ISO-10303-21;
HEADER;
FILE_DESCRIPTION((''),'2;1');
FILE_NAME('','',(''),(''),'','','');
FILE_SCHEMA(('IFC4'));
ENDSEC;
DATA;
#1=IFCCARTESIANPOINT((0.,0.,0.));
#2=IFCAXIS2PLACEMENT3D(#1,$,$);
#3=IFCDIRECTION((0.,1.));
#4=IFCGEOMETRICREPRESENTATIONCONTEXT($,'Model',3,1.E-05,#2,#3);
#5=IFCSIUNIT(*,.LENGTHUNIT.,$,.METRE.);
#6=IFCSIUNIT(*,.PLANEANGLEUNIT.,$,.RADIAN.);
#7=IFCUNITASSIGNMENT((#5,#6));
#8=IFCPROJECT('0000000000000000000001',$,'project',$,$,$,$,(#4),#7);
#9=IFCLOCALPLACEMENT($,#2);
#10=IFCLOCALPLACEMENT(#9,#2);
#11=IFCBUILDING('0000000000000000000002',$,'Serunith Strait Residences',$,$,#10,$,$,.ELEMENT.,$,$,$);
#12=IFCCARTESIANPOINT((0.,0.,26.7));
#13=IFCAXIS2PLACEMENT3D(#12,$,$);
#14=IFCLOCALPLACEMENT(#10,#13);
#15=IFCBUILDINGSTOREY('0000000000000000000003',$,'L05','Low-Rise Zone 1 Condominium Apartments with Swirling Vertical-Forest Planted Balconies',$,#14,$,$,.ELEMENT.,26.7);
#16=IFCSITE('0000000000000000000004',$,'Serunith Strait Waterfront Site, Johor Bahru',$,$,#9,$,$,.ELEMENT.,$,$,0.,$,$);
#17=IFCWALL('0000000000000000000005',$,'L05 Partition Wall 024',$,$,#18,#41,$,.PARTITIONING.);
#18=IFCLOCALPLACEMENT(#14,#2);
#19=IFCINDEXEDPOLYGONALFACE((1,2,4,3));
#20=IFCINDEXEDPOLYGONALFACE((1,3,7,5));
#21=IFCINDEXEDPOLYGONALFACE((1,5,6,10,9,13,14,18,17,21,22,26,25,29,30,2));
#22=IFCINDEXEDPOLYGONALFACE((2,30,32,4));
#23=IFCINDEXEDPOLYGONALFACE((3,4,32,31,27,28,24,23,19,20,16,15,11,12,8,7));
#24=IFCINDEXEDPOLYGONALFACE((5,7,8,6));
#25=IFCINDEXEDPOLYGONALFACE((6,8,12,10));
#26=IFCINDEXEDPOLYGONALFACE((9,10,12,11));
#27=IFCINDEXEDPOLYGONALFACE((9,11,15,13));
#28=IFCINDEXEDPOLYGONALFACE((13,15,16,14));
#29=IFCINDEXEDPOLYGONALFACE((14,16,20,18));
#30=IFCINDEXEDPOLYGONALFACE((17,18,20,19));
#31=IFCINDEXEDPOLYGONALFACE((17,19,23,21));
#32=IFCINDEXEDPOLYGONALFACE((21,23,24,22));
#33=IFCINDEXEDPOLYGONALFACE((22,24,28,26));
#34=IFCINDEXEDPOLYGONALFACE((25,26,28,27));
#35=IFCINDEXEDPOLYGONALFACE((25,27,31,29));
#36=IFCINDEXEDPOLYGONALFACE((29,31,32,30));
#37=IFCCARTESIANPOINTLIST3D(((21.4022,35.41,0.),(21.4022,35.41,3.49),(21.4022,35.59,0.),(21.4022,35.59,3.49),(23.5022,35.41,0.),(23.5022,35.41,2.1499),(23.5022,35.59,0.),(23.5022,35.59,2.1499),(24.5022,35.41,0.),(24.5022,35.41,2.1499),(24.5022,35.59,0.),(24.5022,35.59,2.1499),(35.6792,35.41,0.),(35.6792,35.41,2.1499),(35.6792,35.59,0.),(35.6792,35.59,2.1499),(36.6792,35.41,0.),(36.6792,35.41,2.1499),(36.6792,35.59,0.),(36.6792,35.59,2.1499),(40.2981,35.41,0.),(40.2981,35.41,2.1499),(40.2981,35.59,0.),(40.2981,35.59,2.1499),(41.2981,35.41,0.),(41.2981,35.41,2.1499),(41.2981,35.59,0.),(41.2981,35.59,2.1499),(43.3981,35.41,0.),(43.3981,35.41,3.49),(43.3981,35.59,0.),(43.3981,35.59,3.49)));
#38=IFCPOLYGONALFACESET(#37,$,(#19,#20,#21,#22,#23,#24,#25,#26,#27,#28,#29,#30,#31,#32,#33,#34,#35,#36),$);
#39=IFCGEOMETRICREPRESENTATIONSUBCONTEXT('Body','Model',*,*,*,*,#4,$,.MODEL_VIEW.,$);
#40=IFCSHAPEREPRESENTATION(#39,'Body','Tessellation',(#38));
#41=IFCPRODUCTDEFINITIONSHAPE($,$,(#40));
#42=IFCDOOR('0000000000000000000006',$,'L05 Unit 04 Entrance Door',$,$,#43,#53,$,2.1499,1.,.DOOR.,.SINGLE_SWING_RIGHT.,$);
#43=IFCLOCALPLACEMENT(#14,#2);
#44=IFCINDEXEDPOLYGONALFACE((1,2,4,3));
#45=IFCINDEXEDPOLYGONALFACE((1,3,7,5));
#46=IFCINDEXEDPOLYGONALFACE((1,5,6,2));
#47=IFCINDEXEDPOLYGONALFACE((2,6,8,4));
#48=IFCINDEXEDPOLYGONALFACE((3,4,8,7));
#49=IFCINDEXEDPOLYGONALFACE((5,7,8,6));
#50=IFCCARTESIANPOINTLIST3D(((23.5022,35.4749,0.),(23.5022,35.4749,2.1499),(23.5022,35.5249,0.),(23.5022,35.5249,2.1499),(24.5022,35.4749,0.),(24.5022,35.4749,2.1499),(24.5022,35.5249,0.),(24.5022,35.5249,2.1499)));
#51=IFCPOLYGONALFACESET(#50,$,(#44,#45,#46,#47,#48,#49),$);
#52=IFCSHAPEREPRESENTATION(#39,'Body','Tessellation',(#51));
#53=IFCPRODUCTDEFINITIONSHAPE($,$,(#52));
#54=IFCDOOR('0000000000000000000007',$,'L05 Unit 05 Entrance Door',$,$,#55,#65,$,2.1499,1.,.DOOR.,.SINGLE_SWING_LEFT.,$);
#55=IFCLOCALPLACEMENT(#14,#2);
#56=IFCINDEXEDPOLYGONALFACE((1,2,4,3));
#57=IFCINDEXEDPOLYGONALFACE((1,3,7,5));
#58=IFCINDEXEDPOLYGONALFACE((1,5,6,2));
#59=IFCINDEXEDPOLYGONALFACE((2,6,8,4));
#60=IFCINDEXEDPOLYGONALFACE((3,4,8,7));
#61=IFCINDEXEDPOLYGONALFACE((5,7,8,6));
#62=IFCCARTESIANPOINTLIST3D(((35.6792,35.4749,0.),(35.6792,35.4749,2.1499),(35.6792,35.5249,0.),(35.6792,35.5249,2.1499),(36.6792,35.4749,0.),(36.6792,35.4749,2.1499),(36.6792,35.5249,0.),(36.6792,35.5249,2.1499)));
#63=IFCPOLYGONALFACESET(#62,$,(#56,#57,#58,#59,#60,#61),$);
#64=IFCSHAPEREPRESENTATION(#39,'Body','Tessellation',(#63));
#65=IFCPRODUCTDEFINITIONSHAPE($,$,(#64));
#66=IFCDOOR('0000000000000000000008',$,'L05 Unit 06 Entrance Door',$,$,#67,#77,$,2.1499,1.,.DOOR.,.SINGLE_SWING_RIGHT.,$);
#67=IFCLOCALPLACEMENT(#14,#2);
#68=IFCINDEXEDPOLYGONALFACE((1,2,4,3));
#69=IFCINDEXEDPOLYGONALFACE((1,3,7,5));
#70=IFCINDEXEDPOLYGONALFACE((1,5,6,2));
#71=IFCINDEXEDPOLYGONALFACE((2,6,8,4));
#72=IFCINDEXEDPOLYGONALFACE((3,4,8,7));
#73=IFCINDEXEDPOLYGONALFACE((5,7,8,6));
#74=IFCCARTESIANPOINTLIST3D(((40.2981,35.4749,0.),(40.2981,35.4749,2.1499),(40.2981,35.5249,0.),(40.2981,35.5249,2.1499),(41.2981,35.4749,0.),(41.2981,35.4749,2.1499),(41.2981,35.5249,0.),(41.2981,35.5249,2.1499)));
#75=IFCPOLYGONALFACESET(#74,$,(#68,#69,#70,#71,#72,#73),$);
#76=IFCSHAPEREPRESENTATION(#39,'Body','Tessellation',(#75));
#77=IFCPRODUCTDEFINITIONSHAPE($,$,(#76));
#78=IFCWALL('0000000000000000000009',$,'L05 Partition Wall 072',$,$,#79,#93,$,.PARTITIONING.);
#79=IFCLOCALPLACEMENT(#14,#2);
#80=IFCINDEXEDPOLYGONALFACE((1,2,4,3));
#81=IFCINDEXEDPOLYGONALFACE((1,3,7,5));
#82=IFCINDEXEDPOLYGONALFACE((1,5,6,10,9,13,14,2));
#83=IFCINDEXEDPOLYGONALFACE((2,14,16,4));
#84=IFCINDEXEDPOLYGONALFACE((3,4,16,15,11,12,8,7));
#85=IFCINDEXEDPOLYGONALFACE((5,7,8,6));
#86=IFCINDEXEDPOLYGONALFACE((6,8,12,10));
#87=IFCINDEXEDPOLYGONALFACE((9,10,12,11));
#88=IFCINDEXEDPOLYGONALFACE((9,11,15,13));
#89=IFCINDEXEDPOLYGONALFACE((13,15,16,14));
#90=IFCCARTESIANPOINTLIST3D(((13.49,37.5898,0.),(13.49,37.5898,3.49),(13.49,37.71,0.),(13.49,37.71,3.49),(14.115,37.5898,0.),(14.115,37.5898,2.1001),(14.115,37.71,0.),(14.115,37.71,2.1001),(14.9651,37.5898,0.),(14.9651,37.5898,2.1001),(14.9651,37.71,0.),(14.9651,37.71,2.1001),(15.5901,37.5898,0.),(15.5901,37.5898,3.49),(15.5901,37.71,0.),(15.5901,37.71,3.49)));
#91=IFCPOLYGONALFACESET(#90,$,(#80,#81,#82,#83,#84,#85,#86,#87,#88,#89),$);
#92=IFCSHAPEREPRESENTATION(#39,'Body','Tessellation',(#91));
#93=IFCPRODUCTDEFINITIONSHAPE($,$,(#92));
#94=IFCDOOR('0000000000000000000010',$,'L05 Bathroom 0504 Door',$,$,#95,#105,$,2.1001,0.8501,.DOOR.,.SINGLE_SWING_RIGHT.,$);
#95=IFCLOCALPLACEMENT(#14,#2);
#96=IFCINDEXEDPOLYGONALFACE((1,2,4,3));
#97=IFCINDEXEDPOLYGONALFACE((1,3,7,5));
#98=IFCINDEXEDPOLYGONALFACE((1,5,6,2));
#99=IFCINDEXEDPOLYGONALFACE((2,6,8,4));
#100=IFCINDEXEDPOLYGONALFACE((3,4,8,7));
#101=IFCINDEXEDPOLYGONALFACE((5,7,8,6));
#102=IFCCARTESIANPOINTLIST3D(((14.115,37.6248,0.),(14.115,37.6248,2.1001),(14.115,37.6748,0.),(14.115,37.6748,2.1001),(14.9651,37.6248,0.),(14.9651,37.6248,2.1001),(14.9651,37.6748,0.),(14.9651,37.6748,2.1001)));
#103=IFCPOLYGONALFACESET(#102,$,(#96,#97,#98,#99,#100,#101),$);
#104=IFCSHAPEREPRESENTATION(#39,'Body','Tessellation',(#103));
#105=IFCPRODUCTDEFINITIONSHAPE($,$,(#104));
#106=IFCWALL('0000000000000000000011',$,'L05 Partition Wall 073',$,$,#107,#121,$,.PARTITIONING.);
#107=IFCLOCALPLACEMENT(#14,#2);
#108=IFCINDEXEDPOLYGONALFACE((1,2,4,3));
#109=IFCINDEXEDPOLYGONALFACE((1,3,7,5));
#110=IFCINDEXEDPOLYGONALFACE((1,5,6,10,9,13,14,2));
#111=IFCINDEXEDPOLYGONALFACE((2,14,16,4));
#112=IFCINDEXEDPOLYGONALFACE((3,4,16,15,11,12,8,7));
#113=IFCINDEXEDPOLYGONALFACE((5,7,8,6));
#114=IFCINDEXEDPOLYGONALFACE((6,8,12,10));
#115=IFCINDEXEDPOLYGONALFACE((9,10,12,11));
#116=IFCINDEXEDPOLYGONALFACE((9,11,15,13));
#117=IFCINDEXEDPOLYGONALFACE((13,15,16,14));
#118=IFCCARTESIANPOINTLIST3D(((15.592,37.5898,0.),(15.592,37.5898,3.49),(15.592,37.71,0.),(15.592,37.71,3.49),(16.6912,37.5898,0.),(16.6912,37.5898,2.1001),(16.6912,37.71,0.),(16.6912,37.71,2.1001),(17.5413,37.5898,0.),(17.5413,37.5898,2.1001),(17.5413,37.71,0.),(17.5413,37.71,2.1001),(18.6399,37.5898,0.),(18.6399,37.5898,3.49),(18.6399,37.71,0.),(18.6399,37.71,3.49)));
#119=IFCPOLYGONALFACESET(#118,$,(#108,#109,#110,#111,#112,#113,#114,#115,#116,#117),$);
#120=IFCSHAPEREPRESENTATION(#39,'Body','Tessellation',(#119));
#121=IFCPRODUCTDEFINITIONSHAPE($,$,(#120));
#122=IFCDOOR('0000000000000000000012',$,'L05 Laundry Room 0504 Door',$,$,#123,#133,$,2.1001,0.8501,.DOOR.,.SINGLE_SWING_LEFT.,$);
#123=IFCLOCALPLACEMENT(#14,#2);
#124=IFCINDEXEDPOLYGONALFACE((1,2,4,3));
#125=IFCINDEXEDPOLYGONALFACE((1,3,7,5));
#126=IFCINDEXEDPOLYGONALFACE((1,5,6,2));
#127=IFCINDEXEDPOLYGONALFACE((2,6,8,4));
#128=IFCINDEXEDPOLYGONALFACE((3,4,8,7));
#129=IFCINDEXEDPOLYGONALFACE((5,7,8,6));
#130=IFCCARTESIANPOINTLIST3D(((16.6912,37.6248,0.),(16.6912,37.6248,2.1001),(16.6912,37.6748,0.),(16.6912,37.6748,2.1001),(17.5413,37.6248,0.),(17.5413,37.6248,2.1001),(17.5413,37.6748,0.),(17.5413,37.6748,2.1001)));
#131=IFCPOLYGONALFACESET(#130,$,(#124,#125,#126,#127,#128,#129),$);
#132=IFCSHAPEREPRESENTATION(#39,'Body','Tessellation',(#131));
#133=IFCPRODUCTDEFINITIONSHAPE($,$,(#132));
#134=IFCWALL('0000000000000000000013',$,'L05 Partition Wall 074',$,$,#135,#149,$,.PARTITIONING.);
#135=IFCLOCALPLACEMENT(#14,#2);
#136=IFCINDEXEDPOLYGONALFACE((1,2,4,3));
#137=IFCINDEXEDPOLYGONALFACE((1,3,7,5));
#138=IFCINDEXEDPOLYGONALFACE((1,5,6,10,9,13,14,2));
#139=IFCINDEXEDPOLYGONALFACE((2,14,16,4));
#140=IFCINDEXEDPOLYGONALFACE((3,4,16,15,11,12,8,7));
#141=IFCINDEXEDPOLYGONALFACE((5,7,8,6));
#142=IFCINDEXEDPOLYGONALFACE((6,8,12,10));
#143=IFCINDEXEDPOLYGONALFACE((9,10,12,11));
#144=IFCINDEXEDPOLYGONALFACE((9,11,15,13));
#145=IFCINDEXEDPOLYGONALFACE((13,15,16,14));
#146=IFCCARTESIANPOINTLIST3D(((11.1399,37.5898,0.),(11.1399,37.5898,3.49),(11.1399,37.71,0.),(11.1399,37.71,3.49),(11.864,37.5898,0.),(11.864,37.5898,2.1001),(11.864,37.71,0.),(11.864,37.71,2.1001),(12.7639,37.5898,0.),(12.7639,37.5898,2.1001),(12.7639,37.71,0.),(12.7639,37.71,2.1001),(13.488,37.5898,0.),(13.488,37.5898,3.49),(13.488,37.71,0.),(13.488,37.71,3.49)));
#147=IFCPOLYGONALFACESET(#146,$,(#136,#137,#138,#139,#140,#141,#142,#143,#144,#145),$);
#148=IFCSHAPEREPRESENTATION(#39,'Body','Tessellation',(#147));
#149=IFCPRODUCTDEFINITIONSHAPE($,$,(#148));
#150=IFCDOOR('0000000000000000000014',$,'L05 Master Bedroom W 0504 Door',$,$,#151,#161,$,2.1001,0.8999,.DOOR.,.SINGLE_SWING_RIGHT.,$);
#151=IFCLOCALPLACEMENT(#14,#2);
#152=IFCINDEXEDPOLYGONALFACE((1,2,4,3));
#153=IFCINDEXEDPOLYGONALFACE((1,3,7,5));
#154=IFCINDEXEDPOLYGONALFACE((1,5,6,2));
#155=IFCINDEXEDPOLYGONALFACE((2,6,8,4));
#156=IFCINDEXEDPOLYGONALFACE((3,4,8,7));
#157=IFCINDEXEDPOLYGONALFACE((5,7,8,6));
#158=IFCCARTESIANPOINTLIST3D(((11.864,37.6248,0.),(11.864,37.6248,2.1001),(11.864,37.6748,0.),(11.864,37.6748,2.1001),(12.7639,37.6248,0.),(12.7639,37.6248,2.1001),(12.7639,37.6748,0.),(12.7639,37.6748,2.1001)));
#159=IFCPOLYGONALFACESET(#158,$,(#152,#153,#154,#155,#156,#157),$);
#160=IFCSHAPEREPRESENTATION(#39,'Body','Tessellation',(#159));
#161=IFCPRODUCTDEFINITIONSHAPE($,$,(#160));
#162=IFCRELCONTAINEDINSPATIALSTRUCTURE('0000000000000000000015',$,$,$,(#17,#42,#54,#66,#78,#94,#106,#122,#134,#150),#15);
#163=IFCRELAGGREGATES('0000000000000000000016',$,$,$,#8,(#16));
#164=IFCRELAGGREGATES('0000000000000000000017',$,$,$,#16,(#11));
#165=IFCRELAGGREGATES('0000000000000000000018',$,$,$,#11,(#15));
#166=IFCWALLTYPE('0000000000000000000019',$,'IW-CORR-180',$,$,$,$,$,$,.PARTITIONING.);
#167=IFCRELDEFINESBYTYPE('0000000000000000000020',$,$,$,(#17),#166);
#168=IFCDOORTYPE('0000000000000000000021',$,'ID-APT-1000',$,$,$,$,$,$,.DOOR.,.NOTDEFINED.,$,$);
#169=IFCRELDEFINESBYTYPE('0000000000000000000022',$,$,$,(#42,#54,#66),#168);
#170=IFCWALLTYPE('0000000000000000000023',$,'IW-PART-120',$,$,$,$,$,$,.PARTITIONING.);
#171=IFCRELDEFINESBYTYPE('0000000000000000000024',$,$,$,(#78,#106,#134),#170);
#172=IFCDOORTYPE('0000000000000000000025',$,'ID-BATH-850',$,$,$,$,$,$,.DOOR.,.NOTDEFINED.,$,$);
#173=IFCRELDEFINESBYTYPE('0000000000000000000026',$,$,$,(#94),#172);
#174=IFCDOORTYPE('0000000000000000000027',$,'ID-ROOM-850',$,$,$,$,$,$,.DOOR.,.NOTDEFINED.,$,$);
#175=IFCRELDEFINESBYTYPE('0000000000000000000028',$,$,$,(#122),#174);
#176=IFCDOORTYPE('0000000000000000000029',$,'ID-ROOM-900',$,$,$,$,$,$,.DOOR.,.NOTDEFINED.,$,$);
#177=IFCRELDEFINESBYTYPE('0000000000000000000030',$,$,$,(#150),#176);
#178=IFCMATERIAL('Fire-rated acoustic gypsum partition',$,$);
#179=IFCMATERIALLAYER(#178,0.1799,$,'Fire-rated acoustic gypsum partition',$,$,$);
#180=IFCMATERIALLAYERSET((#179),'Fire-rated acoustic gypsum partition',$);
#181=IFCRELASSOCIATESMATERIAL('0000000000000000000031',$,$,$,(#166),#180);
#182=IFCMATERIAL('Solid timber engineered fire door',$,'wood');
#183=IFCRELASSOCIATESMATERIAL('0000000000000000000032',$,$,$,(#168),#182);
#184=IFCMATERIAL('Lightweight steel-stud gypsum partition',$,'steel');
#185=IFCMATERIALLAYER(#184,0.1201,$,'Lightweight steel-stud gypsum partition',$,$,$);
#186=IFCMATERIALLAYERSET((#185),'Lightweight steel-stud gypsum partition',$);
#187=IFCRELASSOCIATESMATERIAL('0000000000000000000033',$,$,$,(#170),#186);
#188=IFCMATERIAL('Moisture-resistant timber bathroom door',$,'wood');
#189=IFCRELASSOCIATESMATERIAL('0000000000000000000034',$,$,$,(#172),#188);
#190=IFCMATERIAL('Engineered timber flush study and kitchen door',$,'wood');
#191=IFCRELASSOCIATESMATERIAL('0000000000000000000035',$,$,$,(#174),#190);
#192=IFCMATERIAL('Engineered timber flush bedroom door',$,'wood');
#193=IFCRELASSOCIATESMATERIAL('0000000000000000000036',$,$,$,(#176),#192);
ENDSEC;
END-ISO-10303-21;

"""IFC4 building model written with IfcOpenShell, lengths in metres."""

from ifc_helpers import new_model, si_unit, direction, frame, frame_2d, origin, place, context, subcontext, project, spatial, rectangle, extrude, source, transform, mapped, material, layer, layer_set, type_object, element, fill, save


model = new_model("IFC4")

# Units and contexts
model_context = context("Model", 3, precision=1e-05, world=origin(), true_north=direction((0.0, 1.0)))
body_context = subcontext(model_context, "Body", "Model", "MODEL_VIEW")
ifc_project = project(units=[si_unit("LENGTHUNIT", "METRE"), si_unit("PLANEANGLEUNIT", "RADIAN")], contexts=[model_context])

# Site, building, storey
site_placement = place(None, origin())
site = spatial("IfcSite", under=ifc_project, at=site_placement, Name="Serunith Strait Waterfront Site, Johor Bahru", CompositionType="ELEMENT", RefElevation=0.0)
building_placement = place(site_placement, origin())
building = spatial("IfcBuilding", under=site, at=building_placement, Name="Serunith Strait Residences", CompositionType="ELEMENT")
storey_placement = place(building_placement, frame((0.0, 0.0, 26.7)))
storey = spatial("IfcBuildingStorey", under=building, at=storey_placement, Name="L05", Description="Low-Rise Zone 1 Condominium Apartments with Swirling Vertical-Forest Planted Balconies", CompositionType="ELEMENT", Elevation=26.7)

# Wall, openings, doors
ifc_material_1 = material(Name="Fire-rated acoustic gypsum partition")
ifc_layer_1 = layer(ifc_material_1, 0.1799, Name="Fire-rated acoustic gypsum partition")
ifc_layer_set_1 = layer_set([ifc_layer_1], Name="Fire-rated acoustic gypsum partition")
wall_type_1 = type_object("IfcWallType", Name="IW-CORR-180", PredefinedType="PARTITIONING", material=ifc_layer_set_1)
wall_1_placement = place(storey_placement, frame((21.4021, 35.5, 0.0), z_axis=(0.0, 0.0, 1.0), x_axis=(1.0, 0.0, 0.0)))
wall_1 = element("IfcWall", 1, at=wall_1_placement, inside=storey, type_object=wall_type_1, Name="L05 Partition Wall 024", PredefinedType="PARTITIONING", context=body_context, shape_type="SweptSolid", body=[
    extrude(rectangle(XDim=21.9958, YDim=0.1799, at=frame_2d((10.998, 0.0))), origin(), (0.0, 0.0, 1.0), 3.49),
])
opening_1_placement = place(wall_1_placement, frame((2.1001, 0.0, 0.0)))
opening_1 = element("IfcOpeningElement", 2, at=opening_1_placement, cuts=wall_1, PredefinedType="OPENING", context=body_context, shape_type="SweptSolid", body=[
    extrude(rectangle(XDim=1.0, YDim=2.1499, at=frame_2d((0.5, 1.075))), frame((0.0, 0.1001, 0.0), z_axis=(0.0, -1.0, 0.0), x_axis=(1.0, 0.0, 0.0)), (0.0, 0.0, 1.0), 0.2),
])
opening_2_placement = place(wall_1_placement, frame((14.2771, 0.0, 0.0)))
opening_2 = element("IfcOpeningElement", 3, at=opening_2_placement, cuts=wall_1, PredefinedType="OPENING", context=body_context, shape_type="SweptSolid", body=[
    extrude(rectangle(XDim=1.0, YDim=2.1499, at=frame_2d((0.5, 1.075))), frame((0.0, 0.1001, 0.0), z_axis=(0.0, -1.0, 0.0), x_axis=(1.0, 0.0, 0.0)), (0.0, 0.0, 1.0), 0.2),
])
opening_3_placement = place(wall_1_placement, frame((18.896, 0.0, 0.0)))
opening_3 = element("IfcOpeningElement", 4, at=opening_3_placement, cuts=wall_1, PredefinedType="OPENING", context=body_context, shape_type="SweptSolid", body=[
    extrude(rectangle(XDim=1.0, YDim=2.1499, at=frame_2d((0.5, 1.075))), frame((0.0, 0.1001, 0.0), z_axis=(0.0, -1.0, 0.0), x_axis=(1.0, 0.0, 0.0)), (0.0, 0.0, 1.0), 0.2),
])
ifc_material_2 = material(Name="Solid timber engineered fire door", Category="wood")
door_type_1 = type_object("IfcDoorType", Name="ID-APT-1000", OperationType="NOTDEFINED", PredefinedType="DOOR", material=ifc_material_2)
shared_shape_1 = source(origin(), body_context, "Body", "SweptSolid", [
    extrude(rectangle(XDim=1.0, YDim=2.1499, at=frame_2d((0.5, 1.075))), frame((0.0, 0.0249, 0.0), z_axis=(0.0, -1.0, 0.0), x_axis=(1.0, 0.0, 0.0)), (0.0, 0.0, 1.0), 0.05),
])
door_1_placement = place(opening_1_placement, origin())
door_1 = element("IfcDoor", 5, at=door_1_placement, inside=storey, type_object=door_type_1, Name="L05 Unit 04 Entrance Door", OperationType="SINGLE_SWING_RIGHT", OverallHeight=2.1499, OverallWidth=1.0, PredefinedType="DOOR", context=body_context, shape_type="MappedRepresentation", body=[
    mapped(shared_shape_1, transform((0.0, 0.0, 0.0), scale=1.0)),
])
fill(opening_1, door_1)
door_2_placement = place(opening_2_placement, origin())
door_2 = element("IfcDoor", 6, at=door_2_placement, inside=storey, type_object=door_type_1, Name="L05 Unit 05 Entrance Door", OperationType="SINGLE_SWING_LEFT", OverallHeight=2.1499, OverallWidth=1.0, PredefinedType="DOOR", context=body_context, shape_type="MappedRepresentation", body=[
    mapped(shared_shape_1, transform((0.0, 0.0, 0.0), scale=1.0)),
])
fill(opening_2, door_2)
door_3_placement = place(opening_3_placement, origin())
door_3 = element("IfcDoor", 7, at=door_3_placement, inside=storey, type_object=door_type_1, Name="L05 Unit 06 Entrance Door", OperationType="SINGLE_SWING_RIGHT", OverallHeight=2.1499, OverallWidth=1.0, PredefinedType="DOOR", context=body_context, shape_type="MappedRepresentation", body=[
    mapped(shared_shape_1, transform((0.0, 0.0, 0.0), scale=1.0)),
])
fill(opening_3, door_3)

# Walls, openings, doors
ifc_material_3 = material(Name="Lightweight steel-stud gypsum partition", Category="steel")
ifc_layer_2 = layer(ifc_material_3, 0.1201, Name="Lightweight steel-stud gypsum partition")
ifc_layer_set_2 = layer_set([ifc_layer_2], Name="Lightweight steel-stud gypsum partition")
wall_type_2 = type_object("IfcWallType", Name="IW-PART-120", PredefinedType="PARTITIONING", material=ifc_layer_set_2)
wall_2_placement = place(storey_placement, frame((13.49, 37.6499, 0.0), z_axis=(0.0, 0.0, 1.0), x_axis=(1.0, 0.0, 0.0)))
wall_2 = element("IfcWall", 8, at=wall_2_placement, inside=storey, type_object=wall_type_2, Name="L05 Partition Wall 072", PredefinedType="PARTITIONING", context=body_context, shape_type="SweptSolid", body=[
    extrude(rectangle(XDim=2.1001, YDim=0.1201, at=frame_2d((1.05, 0.0))), origin(), (0.0, 0.0, 1.0), 3.49),
])
opening_4_placement = place(wall_2_placement, frame((0.625, 0.0, 0.0)))
opening_4 = element("IfcOpeningElement", 9, at=opening_4_placement, cuts=wall_2, PredefinedType="OPENING", context=body_context, shape_type="SweptSolid", body=[
    extrude(rectangle(XDim=0.8501, YDim=2.1001, at=frame_2d((0.425, 1.05))), frame((0.0, 0.0701, 0.0), z_axis=(0.0, -1.0, 0.0), x_axis=(1.0, 0.0, 0.0)), (0.0, 0.0, 1.0), 0.1401),
])
ifc_material_4 = material(Name="Moisture-resistant timber bathroom door", Category="wood")
door_type_2 = type_object("IfcDoorType", Name="ID-BATH-850", OperationType="NOTDEFINED", PredefinedType="DOOR", material=ifc_material_4)
shared_shape_2 = source(origin(), body_context, "Body", "SweptSolid", [
    extrude(rectangle(XDim=0.8501, YDim=2.1001, at=frame_2d((0.425, 1.05))), frame((0.0, 0.0249, 0.0), z_axis=(0.0, -1.0, 0.0), x_axis=(1.0, 0.0, 0.0)), (0.0, 0.0, 1.0), 0.05),
])
door_4_placement = place(opening_4_placement, origin())
door_4 = element("IfcDoor", 10, at=door_4_placement, inside=storey, type_object=door_type_2, Name="L05 Bathroom 0504 Door", OperationType="SINGLE_SWING_RIGHT", OverallHeight=2.1001, OverallWidth=0.8501, PredefinedType="DOOR", context=body_context, shape_type="MappedRepresentation", body=[
    mapped(shared_shape_2, transform((0.0, 0.0, 0.0), scale=1.0)),
])
fill(opening_4, door_4)
wall_3_placement = place(storey_placement, frame((15.592, 37.6499, 0.0), z_axis=(0.0, 0.0, 1.0), x_axis=(1.0, 0.0, 0.0)))
wall_3 = element("IfcWall", 11, at=wall_3_placement, inside=storey, type_object=wall_type_2, Name="L05 Partition Wall 073", PredefinedType="PARTITIONING", context=body_context, shape_type="SweptSolid", body=[
    extrude(rectangle(XDim=3.0479, YDim=0.1201, at=frame_2d((1.5239, 0.0))), origin(), (0.0, 0.0, 1.0), 3.49),
])
opening_5_placement = place(wall_3_placement, frame((1.0991, 0.0, 0.0)))
opening_5 = element("IfcOpeningElement", 12, at=opening_5_placement, cuts=wall_3, PredefinedType="OPENING", context=body_context, shape_type="SweptSolid", body=[
    extrude(rectangle(XDim=0.8501, YDim=2.1001, at=frame_2d((0.425, 1.05))), frame((0.0, 0.0701, 0.0), z_axis=(0.0, -1.0, 0.0), x_axis=(1.0, 0.0, 0.0)), (0.0, 0.0, 1.0), 0.1401),
])
ifc_material_5 = material(Name="Engineered timber flush study and kitchen door", Category="wood")
door_type_3 = type_object("IfcDoorType", Name="ID-ROOM-850", OperationType="NOTDEFINED", PredefinedType="DOOR", material=ifc_material_5)
door_5_placement = place(opening_5_placement, origin())
door_5 = element("IfcDoor", 13, at=door_5_placement, inside=storey, type_object=door_type_3, Name="L05 Laundry Room 0504 Door", OperationType="SINGLE_SWING_LEFT", OverallHeight=2.1001, OverallWidth=0.8501, PredefinedType="DOOR", context=body_context, shape_type="MappedRepresentation", body=[
    mapped(shared_shape_2, transform((0.0, 0.0, 0.0), scale=1.0)),
])
fill(opening_5, door_5)
wall_4_placement = place(storey_placement, frame((11.1399, 37.6499, 0.0), z_axis=(0.0, 0.0, 1.0), x_axis=(1.0, 0.0, 0.0)))
wall_4 = element("IfcWall", 14, at=wall_4_placement, inside=storey, type_object=wall_type_2, Name="L05 Partition Wall 074", PredefinedType="PARTITIONING", context=body_context, shape_type="SweptSolid", body=[
    extrude(rectangle(XDim=2.3481, YDim=0.1201, at=frame_2d((1.1741, 0.0))), origin(), (0.0, 0.0, 1.0), 3.49),
])
opening_6_placement = place(wall_4_placement, frame((0.7241, 0.0, 0.0)))
opening_6 = element("IfcOpeningElement", 15, at=opening_6_placement, cuts=wall_4, PredefinedType="OPENING", context=body_context, shape_type="SweptSolid", body=[
    extrude(rectangle(XDim=0.8999, YDim=2.1001, at=frame_2d((0.45, 1.05))), frame((0.0, 0.0701, 0.0), z_axis=(0.0, -1.0, 0.0), x_axis=(1.0, 0.0, 0.0)), (0.0, 0.0, 1.0), 0.1401),
])
ifc_material_6 = material(Name="Engineered timber flush bedroom door", Category="wood")
door_type_4 = type_object("IfcDoorType", Name="ID-ROOM-900", OperationType="NOTDEFINED", PredefinedType="DOOR", material=ifc_material_6)
shared_shape_3 = source(origin(), body_context, "Body", "SweptSolid", [
    extrude(rectangle(XDim=0.8999, YDim=2.1001, at=frame_2d((0.45, 1.05))), frame((0.0, 0.0249, 0.0), z_axis=(0.0, -1.0, 0.0), x_axis=(1.0, 0.0, 0.0)), (0.0, 0.0, 1.0), 0.05),
])
door_6_placement = place(opening_6_placement, origin())
door_6 = element("IfcDoor", 16, at=door_6_placement, inside=storey, type_object=door_type_4, Name="L05 Master Bedroom W 0504 Door", OperationType="SINGLE_SWING_RIGHT", OverallHeight=2.1001, OverallWidth=0.8999, PredefinedType="DOOR", context=body_context, shape_type="MappedRepresentation", body=[
    mapped(shared_shape_3, transform((0.0, 0.0, 0.0), scale=1.0)),
])
fill(opening_6, door_6)

save(model, "model.ifc")
